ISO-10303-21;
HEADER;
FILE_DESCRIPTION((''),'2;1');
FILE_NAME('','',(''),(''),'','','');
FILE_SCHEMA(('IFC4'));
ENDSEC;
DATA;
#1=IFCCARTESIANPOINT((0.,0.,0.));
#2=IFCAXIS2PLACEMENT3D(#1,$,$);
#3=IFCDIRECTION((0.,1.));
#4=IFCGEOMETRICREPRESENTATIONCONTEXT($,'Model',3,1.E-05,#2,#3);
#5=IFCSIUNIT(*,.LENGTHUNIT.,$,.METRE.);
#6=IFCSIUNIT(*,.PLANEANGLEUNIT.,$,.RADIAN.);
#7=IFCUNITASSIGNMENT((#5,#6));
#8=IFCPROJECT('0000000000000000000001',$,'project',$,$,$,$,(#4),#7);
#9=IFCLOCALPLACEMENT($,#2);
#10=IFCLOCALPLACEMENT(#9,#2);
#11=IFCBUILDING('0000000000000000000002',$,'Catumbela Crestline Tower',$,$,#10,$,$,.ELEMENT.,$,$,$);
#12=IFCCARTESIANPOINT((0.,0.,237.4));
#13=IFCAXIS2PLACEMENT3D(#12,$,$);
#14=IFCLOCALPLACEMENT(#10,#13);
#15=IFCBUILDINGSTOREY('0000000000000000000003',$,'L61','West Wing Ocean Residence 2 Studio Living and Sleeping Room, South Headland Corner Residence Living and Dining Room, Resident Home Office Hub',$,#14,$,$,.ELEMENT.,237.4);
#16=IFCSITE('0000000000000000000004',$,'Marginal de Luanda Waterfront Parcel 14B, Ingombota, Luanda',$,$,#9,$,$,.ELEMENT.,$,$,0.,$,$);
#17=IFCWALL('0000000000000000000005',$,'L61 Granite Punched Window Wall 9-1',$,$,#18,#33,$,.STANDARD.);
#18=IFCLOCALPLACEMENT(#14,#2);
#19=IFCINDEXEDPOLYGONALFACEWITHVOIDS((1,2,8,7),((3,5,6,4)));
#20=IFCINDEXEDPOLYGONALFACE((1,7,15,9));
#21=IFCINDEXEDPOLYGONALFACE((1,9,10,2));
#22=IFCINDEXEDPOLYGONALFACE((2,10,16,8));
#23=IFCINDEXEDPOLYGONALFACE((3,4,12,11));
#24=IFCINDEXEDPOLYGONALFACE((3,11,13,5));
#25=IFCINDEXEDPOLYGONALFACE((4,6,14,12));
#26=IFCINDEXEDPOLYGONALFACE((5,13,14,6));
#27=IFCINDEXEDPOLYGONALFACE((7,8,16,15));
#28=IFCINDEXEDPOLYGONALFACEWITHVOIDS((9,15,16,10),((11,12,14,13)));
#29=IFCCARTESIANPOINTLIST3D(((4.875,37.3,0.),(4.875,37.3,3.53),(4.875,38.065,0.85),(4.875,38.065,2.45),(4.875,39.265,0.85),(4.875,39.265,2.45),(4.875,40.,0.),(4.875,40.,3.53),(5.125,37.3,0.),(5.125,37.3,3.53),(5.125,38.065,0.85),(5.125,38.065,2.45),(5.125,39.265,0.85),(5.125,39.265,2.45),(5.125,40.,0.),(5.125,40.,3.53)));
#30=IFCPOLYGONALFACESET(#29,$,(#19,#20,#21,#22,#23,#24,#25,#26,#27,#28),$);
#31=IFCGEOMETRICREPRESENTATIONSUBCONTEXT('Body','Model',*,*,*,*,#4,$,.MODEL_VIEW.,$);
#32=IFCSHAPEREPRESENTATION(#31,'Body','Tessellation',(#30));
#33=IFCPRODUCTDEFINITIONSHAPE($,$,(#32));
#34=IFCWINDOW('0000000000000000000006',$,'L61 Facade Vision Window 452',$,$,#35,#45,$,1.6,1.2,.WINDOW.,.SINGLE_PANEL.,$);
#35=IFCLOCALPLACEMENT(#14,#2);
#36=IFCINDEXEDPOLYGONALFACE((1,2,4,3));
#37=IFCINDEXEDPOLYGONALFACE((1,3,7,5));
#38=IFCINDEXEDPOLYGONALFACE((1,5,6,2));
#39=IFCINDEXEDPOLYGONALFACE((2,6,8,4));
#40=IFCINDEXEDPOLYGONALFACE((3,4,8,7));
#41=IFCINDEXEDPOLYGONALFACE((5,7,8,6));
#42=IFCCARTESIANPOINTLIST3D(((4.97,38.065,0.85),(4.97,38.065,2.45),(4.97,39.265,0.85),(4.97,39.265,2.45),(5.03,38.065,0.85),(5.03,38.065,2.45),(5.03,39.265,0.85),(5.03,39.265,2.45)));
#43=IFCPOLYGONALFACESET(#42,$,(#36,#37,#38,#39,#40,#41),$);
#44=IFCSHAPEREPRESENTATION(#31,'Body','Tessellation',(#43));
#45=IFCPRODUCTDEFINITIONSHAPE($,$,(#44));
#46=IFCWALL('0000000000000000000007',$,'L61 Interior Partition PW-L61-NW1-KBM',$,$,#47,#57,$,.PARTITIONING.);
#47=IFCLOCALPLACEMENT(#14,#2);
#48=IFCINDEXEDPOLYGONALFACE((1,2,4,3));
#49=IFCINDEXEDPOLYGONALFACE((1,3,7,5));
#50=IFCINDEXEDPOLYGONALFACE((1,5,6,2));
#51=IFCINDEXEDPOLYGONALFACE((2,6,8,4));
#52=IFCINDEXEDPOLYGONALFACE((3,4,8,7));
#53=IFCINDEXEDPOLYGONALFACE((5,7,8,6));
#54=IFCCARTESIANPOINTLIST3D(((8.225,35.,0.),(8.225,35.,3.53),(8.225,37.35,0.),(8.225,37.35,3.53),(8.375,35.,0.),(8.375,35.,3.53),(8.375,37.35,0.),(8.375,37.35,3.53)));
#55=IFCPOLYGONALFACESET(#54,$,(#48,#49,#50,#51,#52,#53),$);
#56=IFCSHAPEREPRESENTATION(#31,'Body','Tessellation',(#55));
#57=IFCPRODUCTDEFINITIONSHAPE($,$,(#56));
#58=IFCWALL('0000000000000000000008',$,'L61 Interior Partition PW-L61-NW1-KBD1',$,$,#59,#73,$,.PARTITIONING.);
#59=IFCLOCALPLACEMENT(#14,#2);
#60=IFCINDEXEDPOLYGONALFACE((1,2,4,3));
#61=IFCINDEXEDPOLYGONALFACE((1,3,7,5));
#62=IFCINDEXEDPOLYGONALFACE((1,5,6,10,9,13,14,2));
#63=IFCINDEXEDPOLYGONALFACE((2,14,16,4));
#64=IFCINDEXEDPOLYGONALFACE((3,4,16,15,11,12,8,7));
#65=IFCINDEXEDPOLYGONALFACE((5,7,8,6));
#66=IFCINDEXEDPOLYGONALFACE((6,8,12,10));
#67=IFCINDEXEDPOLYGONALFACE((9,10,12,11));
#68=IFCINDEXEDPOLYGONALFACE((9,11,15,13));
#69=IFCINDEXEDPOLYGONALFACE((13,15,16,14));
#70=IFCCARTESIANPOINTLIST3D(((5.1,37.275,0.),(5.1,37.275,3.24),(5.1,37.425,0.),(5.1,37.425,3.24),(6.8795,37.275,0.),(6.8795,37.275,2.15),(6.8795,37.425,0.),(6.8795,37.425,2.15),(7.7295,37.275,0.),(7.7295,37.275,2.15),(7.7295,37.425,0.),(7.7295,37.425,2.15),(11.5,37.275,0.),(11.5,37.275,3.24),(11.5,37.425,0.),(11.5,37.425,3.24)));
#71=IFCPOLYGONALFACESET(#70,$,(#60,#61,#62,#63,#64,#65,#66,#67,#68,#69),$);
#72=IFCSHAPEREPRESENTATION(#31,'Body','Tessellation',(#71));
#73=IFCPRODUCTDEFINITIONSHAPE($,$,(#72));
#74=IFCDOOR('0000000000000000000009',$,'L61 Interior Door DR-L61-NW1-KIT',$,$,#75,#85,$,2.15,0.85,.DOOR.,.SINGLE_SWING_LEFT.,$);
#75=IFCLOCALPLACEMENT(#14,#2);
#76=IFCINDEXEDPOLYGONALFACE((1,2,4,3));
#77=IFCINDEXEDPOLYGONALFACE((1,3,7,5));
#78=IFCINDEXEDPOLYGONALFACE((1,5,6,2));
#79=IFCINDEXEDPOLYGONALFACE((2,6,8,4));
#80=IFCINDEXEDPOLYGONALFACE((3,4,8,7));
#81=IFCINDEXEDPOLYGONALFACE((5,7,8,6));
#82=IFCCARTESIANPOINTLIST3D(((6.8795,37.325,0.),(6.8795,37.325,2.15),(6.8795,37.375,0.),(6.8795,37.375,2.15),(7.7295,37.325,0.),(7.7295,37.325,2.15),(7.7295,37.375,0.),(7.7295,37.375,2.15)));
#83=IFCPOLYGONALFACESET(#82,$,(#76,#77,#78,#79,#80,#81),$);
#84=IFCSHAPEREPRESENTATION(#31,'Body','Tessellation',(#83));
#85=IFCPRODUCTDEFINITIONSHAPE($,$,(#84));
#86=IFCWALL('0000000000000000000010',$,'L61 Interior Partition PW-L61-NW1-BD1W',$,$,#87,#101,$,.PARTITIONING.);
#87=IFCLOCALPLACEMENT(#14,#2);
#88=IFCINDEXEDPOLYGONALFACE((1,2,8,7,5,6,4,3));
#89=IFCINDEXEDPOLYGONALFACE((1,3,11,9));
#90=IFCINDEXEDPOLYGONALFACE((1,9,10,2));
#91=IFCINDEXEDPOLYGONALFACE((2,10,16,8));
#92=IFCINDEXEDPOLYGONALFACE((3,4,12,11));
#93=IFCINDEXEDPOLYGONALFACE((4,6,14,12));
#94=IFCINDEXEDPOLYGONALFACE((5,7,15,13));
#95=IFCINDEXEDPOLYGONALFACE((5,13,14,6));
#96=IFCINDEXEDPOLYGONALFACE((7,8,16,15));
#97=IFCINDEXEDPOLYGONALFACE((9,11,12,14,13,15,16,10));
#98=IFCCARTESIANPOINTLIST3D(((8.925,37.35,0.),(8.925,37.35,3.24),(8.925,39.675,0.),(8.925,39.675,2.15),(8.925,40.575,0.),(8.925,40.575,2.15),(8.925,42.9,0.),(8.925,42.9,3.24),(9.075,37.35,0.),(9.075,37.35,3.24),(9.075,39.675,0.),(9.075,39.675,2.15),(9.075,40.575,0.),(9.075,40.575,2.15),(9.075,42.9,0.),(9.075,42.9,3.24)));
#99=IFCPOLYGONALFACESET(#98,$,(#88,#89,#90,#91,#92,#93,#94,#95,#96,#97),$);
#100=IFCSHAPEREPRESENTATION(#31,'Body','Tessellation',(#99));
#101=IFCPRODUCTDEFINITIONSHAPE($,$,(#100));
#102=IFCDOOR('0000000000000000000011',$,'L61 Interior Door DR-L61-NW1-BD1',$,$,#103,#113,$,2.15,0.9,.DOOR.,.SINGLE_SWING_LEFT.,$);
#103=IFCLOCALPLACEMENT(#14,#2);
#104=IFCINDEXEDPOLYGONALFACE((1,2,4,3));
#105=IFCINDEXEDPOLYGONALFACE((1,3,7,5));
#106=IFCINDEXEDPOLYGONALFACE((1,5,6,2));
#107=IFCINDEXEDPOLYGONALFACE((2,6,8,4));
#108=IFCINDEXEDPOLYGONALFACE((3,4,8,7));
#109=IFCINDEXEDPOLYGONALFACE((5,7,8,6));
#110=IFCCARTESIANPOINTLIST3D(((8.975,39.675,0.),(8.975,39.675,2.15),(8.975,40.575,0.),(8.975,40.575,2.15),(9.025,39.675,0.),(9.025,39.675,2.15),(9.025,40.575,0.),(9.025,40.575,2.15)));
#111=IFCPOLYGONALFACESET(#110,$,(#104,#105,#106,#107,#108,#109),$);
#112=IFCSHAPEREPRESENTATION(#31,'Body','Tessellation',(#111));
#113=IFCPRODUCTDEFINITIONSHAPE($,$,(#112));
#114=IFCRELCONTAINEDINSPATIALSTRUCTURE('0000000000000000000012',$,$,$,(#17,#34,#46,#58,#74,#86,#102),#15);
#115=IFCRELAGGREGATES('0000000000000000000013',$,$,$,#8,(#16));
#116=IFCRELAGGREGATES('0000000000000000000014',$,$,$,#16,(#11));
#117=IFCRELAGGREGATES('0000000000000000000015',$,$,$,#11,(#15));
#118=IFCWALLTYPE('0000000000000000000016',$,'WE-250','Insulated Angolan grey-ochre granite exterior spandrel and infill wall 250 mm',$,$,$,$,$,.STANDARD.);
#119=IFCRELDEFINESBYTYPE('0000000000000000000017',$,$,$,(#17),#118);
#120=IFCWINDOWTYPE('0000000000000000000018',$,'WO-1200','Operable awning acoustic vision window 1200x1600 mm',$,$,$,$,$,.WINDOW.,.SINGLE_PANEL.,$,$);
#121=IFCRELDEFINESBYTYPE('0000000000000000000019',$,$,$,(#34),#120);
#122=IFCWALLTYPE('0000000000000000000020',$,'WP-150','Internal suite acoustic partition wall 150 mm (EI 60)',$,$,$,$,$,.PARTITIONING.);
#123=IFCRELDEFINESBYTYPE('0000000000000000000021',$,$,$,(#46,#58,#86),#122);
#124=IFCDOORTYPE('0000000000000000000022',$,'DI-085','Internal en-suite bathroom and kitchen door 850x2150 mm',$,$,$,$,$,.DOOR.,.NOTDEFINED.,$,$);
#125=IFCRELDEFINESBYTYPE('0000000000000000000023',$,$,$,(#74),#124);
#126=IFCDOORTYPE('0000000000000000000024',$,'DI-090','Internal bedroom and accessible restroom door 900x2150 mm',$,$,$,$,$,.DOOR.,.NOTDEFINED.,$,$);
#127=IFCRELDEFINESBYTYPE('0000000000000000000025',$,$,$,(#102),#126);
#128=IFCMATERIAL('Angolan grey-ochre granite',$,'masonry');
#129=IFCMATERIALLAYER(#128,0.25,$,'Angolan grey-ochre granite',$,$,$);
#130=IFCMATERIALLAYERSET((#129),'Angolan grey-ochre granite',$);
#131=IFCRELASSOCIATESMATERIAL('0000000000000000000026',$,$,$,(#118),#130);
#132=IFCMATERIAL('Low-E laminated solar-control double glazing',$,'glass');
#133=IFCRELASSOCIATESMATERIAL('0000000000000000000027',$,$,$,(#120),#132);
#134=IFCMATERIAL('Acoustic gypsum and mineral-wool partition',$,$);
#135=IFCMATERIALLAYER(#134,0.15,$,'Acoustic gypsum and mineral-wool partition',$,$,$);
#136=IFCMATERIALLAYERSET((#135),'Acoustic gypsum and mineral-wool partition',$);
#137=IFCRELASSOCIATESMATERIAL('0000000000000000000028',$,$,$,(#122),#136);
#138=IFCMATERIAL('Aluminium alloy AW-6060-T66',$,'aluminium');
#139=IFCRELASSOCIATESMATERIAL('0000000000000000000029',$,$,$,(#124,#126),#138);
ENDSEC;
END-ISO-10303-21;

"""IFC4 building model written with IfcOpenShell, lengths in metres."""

from ifc_helpers import new_model, si_unit, direction, frame, frame_2d, origin, place, context, subcontext, project, spatial, rectangle, extrude, material, layer, layer_set, type_object, element, fill, save


model = new_model("IFC4")

# Units and contexts
model_context = context("Model", 3, precision=1e-05, world=origin(), true_north=direction((0.0, 1.0)))
body_context = subcontext(model_context, "Body", "Model", "MODEL_VIEW")
ifc_project = project(units=[si_unit("LENGTHUNIT", "METRE"), si_unit("PLANEANGLEUNIT", "RADIAN")], contexts=[model_context])

# Site, building, storey
site_placement = place(None, origin())
site = spatial("IfcSite", under=ifc_project, at=site_placement, Name="Marginal de Luanda Waterfront Parcel 14B, Ingombota, Luanda", CompositionType="ELEMENT", RefElevation=0.0)
building_placement = place(site_placement, origin())
building = spatial("IfcBuilding", under=site, at=building_placement, Name="Catumbela Crestline Tower", CompositionType="ELEMENT")
storey_placement = place(building_placement, frame((0.0, 0.0, 237.4)))
storey = spatial("IfcBuildingStorey", under=building, at=storey_placement, Name="L61", Description="West Wing Ocean Residence 2 Studio Living and Sleeping Room, South Headland Corner Residence Living and Dining Room, Resident Home Office Hub", CompositionType="ELEMENT", Elevation=237.4)

# Shared definitions
ifc_material_1 = material(Name="Aluminium alloy AW-6060-T66", Category="aluminium")

# Shared definitions
ifc_material_2 = material(Name="Low-E laminated solar-control double glazing", Category="glass")

# Shared definitions
ifc_material_3 = material(Name="Acoustic gypsum and mineral-wool partition")

# Shared definitions
ifc_material_4 = material(Name="Angolan grey-ochre granite", Category="masonry")
ifc_layer_1 = layer(ifc_material_4, 0.25, Name="Angolan grey-ochre granite")
ifc_layer_set_1 = layer_set([ifc_layer_1], Name="Angolan grey-ochre granite")
wall_type_1 = type_object("IfcWallType", Name="WE-250", Description="Insulated Angolan grey-ochre granite exterior spandrel and infill wall 250 mm", PredefinedType="STANDARD", material=ifc_layer_set_1)

# Wall, opening, window
wall_1_placement = place(storey_placement, frame((5.0, 40.0, 0.0), z_axis=(0.0, 0.0, 1.0), x_axis=(0.0, -1.0, 0.0)))
wall_1 = element("IfcWall", 1, at=wall_1_placement, inside=storey, type_object=wall_type_1, Name="L61 Granite Punched Window Wall 9-1", PredefinedType="STANDARD", context=body_context, shape_type="SweptSolid", body=[
    extrude(rectangle(XDim=2.7, YDim=0.25, at=frame_2d((1.35, 0.0))), origin(), (0.0, 0.0, 1.0), 3.53),
])
opening_1_placement = place(wall_1_placement, frame((0.735, 0.0, 0.85)))
opening_1 = element("IfcOpeningElement", 2, at=opening_1_placement, cuts=wall_1, PredefinedType="OPENING", context=body_context, shape_type="SweptSolid", body=[
    extrude(rectangle(XDim=1.2, YDim=1.6, at=frame_2d((0.6, 0.8))), frame((0.0, 0.135, 0.0), z_axis=(0.0, -1.0, 0.0), x_axis=(1.0, 0.0, 0.0)), (0.0, 0.0, 1.0), 0.27),
])
window_type_1 = type_object("IfcWindowType", Name="WO-1200", Description="Operable awning acoustic vision window 1200x1600 mm", PartitioningType="SINGLE_PANEL", PredefinedType="WINDOW", material=ifc_material_2)
window_1_placement = place(opening_1_placement, origin())
window_1 = element("IfcWindow", 3, at=window_1_placement, inside=storey, type_object=window_type_1, Name="L61 Facade Vision Window 452", OverallHeight=1.6, OverallWidth=1.2, PartitioningType="SINGLE_PANEL", PredefinedType="WINDOW", context=body_context, shape_type="SweptSolid", body=[
    extrude(rectangle(XDim=1.2, YDim=1.6, at=frame_2d((0.6, 0.8))), frame((0.0, 0.03, 0.0), z_axis=(0.0, -1.0, 0.0), x_axis=(1.0, 0.0, 0.0)), (0.0, 0.0, 1.0), 0.06),
])
fill(opening_1, window_1)

# Wall
ifc_layer_2 = layer(ifc_material_3, 0.15, Name="Acoustic gypsum and mineral-wool partition")
ifc_layer_set_2 = layer_set([ifc_layer_2], Name="Acoustic gypsum and mineral-wool partition")
wall_type_2 = type_object("IfcWallType", Name="WP-150", Description="Internal suite acoustic partition wall 150 mm (EI 60)", PredefinedType="PARTITIONING", material=ifc_layer_set_2)
wall_2_placement = place(storey_placement, frame((8.3, 35.0, 0.0), z_axis=(0.0, 0.0, 1.0), x_axis=(0.0, 1.0, 0.0)))
element("IfcWall", 4, at=wall_2_placement, inside=storey, type_object=wall_type_2, Name="L61 Interior Partition PW-L61-NW1-KBM", PredefinedType="PARTITIONING", context=body_context, shape_type="SweptSolid", body=[
    extrude(rectangle(XDim=2.35, YDim=0.15, at=frame_2d((1.175, 0.0))), origin(), (0.0, 0.0, 1.0), 3.53),
])

# Walls, openings, doors
wall_3_placement = place(storey_placement, frame((5.1, 37.35, 0.0), z_axis=(0.0, 0.0, 1.0), x_axis=(1.0, 0.0, 0.0)))
wall_3 = element("IfcWall", 5, at=wall_3_placement, inside=storey, type_object=wall_type_2, Name="L61 Interior Partition PW-L61-NW1-KBD1", PredefinedType="PARTITIONING", context=body_context, shape_type="SweptSolid", body=[
    extrude(rectangle(XDim=6.4, YDim=0.15, at=frame_2d((3.2, 0.0))), origin(), (0.0, 0.0, 1.0), 3.24),
])
opening_2_placement = place(wall_3_placement, frame((1.7795, 0.0, 0.0)))
opening_2 = element("IfcOpeningElement", 6, at=opening_2_placement, cuts=wall_3, PredefinedType="OPENING", context=body_context, shape_type="SweptSolid", body=[
    extrude(rectangle(XDim=0.85, YDim=2.15, at=frame_2d((0.425, 1.075))), frame((0.0, 0.085, 0.0), z_axis=(0.0, -1.0, 0.0), x_axis=(1.0, 0.0, 0.0)), (0.0, 0.0, 1.0), 0.17),
])
door_type_1 = type_object("IfcDoorType", Name="DI-085", Description="Internal en-suite bathroom and kitchen door 850x2150 mm", OperationType="NOTDEFINED", PredefinedType="DOOR", material=ifc_material_1)
door_1_placement = place(opening_2_placement, origin())
door_1 = element("IfcDoor", 7, at=door_1_placement, inside=storey, type_object=door_type_1, Name="L61 Interior Door DR-L61-NW1-KIT", OperationType="SINGLE_SWING_LEFT", OverallHeight=2.15, OverallWidth=0.85, PredefinedType="DOOR", context=body_context, shape_type="SweptSolid", body=[
    extrude(rectangle(XDim=0.85, YDim=2.15, at=frame_2d((0.425, 1.075))), frame((0.0, 0.025, 0.0), z_axis=(0.0, -1.0, 0.0), x_axis=(1.0, 0.0, 0.0)), (0.0, 0.0, 1.0), 0.05),
])
fill(opening_2, door_1)
wall_4_placement = place(storey_placement, frame((9.0, 37.35, 0.0), z_axis=(0.0, 0.0, 1.0), x_axis=(0.0, 1.0, 0.0)))
wall_4 = element("IfcWall", 8, at=wall_4_placement, inside=storey, type_object=wall_type_2, Name="L61 Interior Partition PW-L61-NW1-BD1W", PredefinedType="PARTITIONING", context=body_context, shape_type="SweptSolid", body=[
    extrude(rectangle(XDim=5.55, YDim=0.15, at=frame_2d((2.775, 0.0))), origin(), (0.0, 0.0, 1.0), 3.24),
])
opening_3_placement = place(wall_4_placement, frame((2.325, 0.0, 0.0)))
opening_3 = element("IfcOpeningElement", 9, at=opening_3_placement, cuts=wall_4, PredefinedType="OPENING", context=body_context, shape_type="SweptSolid", body=[
    extrude(rectangle(XDim=0.9, YDim=2.15, at=frame_2d((0.45, 1.075))), frame((0.0, 0.085, 0.0), z_axis=(0.0, -1.0, 0.0), x_axis=(1.0, 0.0, 0.0)), (0.0, 0.0, 1.0), 0.17),
])
door_type_2 = type_object("IfcDoorType", Name="DI-090", Description="Internal bedroom and accessible restroom door 900x2150 mm", OperationType="NOTDEFINED", PredefinedType="DOOR", material=ifc_material_1)
door_2_placement = place(opening_3_placement, origin())
door_2 = element("IfcDoor", 10, at=door_2_placement, inside=storey, type_object=door_type_2, Name="L61 Interior Door DR-L61-NW1-BD1", OperationType="SINGLE_SWING_LEFT", OverallHeight=2.15, OverallWidth=0.9, PredefinedType="DOOR", context=body_context, shape_type="SweptSolid", body=[
    extrude(rectangle(XDim=0.9, YDim=2.15, at=frame_2d((0.45, 1.075))), frame((0.0, 0.025, 0.0), z_axis=(0.0, -1.0, 0.0), x_axis=(1.0, 0.0, 0.0)), (0.0, 0.0, 1.0), 0.05),
])
fill(opening_3, door_2)

save(model, "model.ifc")
